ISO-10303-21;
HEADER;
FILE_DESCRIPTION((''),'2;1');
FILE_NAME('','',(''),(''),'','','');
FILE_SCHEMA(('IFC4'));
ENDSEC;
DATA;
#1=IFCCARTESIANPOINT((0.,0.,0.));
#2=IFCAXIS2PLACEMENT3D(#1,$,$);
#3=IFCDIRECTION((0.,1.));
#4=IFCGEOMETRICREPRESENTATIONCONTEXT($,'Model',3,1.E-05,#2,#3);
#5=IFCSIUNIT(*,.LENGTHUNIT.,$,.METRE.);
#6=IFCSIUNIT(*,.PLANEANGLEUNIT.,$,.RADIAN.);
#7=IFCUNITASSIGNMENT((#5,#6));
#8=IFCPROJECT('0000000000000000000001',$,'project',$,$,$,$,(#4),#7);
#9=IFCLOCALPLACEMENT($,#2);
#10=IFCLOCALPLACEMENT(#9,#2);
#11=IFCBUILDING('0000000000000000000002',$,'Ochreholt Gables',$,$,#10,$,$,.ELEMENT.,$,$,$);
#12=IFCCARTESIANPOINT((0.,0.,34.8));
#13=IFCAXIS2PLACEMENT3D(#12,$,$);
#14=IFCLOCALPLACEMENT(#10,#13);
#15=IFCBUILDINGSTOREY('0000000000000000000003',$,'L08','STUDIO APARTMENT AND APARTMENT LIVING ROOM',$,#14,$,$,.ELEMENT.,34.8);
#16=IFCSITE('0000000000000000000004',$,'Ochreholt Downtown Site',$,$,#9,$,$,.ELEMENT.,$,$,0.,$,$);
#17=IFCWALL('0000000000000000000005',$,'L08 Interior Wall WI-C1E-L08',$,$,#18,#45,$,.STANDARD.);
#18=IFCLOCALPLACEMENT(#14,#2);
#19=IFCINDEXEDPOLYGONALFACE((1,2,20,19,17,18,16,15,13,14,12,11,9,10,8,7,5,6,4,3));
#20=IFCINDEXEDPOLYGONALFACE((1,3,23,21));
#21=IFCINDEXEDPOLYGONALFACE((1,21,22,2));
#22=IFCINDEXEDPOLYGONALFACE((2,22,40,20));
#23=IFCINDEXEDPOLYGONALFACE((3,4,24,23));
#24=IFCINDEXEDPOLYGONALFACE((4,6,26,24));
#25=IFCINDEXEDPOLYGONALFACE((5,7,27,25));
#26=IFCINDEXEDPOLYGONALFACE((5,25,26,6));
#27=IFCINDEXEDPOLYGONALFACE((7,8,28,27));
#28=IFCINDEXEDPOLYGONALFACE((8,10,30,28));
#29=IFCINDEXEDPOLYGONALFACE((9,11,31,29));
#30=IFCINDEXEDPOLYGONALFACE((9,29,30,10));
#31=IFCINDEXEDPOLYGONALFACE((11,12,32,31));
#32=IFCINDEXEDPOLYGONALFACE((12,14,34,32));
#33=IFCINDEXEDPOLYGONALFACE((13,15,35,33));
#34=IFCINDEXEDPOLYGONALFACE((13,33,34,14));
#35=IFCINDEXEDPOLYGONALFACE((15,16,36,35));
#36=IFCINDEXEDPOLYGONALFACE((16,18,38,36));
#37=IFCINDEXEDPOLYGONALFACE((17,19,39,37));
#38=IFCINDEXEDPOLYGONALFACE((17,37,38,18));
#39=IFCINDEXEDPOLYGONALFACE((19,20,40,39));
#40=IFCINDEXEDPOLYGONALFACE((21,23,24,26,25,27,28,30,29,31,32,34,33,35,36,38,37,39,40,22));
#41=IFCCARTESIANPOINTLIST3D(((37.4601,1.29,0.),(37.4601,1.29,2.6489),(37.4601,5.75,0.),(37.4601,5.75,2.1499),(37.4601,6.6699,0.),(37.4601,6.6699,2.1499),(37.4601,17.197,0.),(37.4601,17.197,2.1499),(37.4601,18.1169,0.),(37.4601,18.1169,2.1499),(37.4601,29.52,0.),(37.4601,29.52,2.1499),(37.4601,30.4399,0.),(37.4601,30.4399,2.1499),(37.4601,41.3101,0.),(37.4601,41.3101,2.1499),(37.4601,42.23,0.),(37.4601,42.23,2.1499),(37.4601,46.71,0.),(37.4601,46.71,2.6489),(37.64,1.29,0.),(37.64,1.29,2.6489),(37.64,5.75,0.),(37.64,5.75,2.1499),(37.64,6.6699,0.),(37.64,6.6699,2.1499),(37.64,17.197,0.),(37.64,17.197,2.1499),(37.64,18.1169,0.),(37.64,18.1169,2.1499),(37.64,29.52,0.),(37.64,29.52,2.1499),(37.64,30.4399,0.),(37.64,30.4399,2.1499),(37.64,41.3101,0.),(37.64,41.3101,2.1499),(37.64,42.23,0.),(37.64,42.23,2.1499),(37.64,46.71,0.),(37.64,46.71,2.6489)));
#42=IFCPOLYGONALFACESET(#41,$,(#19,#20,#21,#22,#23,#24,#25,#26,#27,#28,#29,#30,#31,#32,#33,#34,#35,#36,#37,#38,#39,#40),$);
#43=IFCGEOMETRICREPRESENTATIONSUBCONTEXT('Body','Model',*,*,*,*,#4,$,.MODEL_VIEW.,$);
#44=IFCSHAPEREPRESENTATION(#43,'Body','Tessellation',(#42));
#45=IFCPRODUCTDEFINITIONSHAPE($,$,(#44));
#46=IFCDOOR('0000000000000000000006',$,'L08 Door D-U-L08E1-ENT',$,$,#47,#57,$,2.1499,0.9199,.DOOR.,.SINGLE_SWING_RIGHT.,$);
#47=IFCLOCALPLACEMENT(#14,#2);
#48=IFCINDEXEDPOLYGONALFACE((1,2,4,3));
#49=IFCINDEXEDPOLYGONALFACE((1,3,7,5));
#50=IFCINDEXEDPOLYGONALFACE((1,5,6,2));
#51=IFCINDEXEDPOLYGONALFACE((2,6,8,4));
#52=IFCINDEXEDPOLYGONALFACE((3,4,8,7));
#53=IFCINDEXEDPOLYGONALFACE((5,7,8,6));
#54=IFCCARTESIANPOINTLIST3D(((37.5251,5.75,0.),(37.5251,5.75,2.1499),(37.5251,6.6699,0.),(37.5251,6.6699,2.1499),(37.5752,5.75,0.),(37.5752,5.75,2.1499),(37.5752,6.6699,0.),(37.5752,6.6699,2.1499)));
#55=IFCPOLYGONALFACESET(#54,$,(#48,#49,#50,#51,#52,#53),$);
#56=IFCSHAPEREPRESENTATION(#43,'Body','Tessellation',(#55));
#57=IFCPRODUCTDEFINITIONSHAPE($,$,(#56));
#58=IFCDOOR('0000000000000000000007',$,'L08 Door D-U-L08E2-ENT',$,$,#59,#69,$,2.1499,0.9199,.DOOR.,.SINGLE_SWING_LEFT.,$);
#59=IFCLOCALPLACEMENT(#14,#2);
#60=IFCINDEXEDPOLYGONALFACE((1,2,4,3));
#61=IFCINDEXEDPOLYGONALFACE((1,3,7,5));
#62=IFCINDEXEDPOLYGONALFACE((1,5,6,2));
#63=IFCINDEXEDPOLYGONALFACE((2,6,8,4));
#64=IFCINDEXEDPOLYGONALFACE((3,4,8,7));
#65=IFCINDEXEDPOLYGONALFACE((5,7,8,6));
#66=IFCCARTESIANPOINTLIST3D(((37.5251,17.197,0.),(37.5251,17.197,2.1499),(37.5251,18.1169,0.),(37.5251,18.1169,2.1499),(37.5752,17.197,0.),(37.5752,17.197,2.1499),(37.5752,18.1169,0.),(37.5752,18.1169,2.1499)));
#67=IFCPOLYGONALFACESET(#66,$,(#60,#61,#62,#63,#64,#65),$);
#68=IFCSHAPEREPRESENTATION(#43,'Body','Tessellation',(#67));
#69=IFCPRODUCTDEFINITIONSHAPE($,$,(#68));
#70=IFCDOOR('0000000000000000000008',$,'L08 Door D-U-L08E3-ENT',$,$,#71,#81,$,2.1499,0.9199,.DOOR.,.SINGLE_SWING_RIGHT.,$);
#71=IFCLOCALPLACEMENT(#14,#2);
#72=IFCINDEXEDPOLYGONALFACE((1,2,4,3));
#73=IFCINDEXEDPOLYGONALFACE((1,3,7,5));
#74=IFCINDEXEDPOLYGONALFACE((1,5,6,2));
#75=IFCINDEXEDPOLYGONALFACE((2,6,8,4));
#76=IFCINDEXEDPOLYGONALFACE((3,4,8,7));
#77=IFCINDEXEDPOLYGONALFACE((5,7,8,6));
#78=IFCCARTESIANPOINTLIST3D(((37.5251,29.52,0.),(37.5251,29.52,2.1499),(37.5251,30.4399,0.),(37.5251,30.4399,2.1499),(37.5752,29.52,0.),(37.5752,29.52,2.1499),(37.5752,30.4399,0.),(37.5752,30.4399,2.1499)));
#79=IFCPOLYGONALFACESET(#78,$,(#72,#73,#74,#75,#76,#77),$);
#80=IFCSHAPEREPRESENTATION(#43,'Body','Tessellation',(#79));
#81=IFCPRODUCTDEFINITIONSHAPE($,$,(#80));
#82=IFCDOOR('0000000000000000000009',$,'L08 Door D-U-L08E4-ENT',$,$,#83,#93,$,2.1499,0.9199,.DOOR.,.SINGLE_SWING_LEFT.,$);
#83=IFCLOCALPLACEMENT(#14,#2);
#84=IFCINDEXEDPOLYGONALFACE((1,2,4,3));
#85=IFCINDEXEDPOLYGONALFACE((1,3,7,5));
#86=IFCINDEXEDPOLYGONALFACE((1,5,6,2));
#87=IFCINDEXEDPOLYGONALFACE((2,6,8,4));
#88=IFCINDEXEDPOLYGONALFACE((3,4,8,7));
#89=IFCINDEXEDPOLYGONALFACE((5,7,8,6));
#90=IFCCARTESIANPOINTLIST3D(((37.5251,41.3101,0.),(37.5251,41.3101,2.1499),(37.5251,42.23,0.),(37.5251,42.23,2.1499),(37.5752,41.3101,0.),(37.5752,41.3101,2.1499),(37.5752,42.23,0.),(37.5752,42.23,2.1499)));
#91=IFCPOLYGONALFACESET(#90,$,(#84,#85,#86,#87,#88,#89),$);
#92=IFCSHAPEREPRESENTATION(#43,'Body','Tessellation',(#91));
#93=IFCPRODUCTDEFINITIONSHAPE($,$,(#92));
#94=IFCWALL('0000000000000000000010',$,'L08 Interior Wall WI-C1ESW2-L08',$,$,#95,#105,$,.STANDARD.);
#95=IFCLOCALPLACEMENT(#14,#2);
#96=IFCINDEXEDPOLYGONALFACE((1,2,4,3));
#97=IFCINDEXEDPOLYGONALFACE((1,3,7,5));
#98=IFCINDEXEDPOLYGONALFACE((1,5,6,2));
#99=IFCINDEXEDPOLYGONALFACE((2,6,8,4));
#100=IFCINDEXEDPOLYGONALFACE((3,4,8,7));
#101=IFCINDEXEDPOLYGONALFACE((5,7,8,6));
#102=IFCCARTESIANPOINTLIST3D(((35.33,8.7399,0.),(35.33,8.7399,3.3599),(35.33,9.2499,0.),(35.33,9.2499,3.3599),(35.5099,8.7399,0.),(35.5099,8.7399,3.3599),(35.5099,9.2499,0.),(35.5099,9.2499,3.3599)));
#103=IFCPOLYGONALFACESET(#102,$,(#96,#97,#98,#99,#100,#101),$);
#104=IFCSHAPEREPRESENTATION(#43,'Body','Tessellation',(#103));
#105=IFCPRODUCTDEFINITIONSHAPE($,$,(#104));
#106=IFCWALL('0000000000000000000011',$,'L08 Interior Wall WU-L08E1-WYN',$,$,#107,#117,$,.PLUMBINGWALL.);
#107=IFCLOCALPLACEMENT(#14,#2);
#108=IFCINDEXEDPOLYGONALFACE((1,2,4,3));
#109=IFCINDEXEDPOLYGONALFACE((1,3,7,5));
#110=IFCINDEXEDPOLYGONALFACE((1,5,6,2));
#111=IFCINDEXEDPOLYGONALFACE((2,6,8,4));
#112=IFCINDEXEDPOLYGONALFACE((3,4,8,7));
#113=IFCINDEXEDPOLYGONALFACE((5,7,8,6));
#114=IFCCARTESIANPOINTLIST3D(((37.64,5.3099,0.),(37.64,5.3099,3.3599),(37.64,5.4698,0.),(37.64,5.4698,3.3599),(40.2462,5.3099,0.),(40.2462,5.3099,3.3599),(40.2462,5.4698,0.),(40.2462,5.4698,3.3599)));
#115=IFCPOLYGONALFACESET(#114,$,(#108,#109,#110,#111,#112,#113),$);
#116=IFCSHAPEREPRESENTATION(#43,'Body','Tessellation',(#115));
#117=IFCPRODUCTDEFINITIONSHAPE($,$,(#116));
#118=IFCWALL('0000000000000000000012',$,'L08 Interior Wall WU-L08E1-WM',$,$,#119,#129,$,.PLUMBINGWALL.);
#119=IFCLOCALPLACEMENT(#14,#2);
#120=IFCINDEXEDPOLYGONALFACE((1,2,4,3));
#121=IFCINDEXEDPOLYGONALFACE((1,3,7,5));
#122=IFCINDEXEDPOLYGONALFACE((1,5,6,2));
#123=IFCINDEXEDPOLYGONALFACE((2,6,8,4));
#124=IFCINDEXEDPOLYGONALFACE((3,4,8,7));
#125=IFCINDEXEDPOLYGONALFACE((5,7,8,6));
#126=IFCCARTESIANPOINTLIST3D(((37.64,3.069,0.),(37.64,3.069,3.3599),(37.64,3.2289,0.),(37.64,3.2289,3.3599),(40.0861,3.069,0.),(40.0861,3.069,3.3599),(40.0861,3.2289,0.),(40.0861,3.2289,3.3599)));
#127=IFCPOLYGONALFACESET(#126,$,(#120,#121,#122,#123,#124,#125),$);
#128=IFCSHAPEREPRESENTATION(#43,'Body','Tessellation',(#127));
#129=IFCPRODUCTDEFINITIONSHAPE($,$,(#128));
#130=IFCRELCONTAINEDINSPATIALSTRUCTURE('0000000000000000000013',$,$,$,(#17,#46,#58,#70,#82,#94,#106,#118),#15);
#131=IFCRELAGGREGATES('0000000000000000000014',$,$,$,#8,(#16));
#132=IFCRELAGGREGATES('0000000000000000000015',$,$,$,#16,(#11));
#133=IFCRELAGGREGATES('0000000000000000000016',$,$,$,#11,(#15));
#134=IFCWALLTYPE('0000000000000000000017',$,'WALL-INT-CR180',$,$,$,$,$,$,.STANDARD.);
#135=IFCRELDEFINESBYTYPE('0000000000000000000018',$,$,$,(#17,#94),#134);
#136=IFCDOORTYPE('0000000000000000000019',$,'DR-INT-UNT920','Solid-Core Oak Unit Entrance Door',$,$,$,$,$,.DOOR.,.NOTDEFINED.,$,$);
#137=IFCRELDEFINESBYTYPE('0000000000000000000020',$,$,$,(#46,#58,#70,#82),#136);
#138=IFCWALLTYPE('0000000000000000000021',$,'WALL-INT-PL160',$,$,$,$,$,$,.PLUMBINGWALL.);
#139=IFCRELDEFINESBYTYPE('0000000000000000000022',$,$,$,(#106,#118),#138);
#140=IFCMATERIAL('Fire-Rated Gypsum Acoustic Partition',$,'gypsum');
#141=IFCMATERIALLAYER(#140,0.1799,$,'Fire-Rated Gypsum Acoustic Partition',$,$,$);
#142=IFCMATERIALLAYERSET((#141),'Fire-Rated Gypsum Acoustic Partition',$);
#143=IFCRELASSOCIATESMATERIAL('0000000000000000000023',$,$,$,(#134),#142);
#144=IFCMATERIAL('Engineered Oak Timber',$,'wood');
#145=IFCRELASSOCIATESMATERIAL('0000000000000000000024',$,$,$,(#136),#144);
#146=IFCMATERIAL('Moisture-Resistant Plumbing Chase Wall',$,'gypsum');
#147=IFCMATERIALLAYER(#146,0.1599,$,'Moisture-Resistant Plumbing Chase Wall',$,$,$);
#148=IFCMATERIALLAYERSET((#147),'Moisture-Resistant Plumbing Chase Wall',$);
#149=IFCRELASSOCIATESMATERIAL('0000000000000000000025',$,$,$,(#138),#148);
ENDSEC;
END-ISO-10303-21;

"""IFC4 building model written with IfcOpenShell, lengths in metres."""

from ifc_helpers import new_model, si_unit, direction, frame, frame_2d, origin, place, context, subcontext, project, spatial, rectangle, extrude, material, layer, layer_set, type_object, element, fill, save


model = new_model("IFC4")

# Units and contexts
model_context = context("Model", 3, precision=1e-05, world=origin(), true_north=direction((0.0, 1.0)))
body_context = subcontext(model_context, "Body", "Model", "MODEL_VIEW")
ifc_project = project(units=[si_unit("LENGTHUNIT", "METRE"), si_unit("PLANEANGLEUNIT", "RADIAN")], contexts=[model_context])

# Site, building, storey
site_placement = place(None, origin())
site = spatial("IfcSite", under=ifc_project, at=site_placement, Name="Ochreholt Downtown Site", CompositionType="ELEMENT", RefElevation=0.0)
building_placement = place(site_placement, origin())
building = spatial("IfcBuilding", under=site, at=building_placement, Name="Ochreholt Gables", CompositionType="ELEMENT")
storey_placement = place(building_placement, frame((0.0, 0.0, 34.8)))
storey = spatial("IfcBuildingStorey", under=building, at=storey_placement, Name="L08", Description="STUDIO APARTMENT AND APARTMENT LIVING ROOM", CompositionType="ELEMENT", Elevation=34.8)

# Wall, openings, doors
ifc_material_1 = material(Name="Fire-Rated Gypsum Acoustic Partition", Category="gypsum")
ifc_layer_1 = layer(ifc_material_1, 0.1799, Name="Fire-Rated Gypsum Acoustic Partition")
ifc_layer_set_1 = layer_set([ifc_layer_1], Name="Fire-Rated Gypsum Acoustic Partition")
wall_type_1 = type_object("IfcWallType", Name="WALL-INT-CR180", PredefinedType="STANDARD", material=ifc_layer_set_1)
wall_1_placement = place(storey_placement, frame((37.55, 1.29, 0.0), z_axis=(0.0, 0.0, 1.0), x_axis=(0.0, 1.0, 0.0)))
wall_1 = element("IfcWall", 1, at=wall_1_placement, inside=storey, type_object=wall_type_1, Name="L08 Interior Wall WI-C1E-L08", PredefinedType="STANDARD", context=body_context, shape_type="SweptSolid", body=[
    extrude(rectangle(XDim=45.4199, YDim=0.1799, at=frame_2d((22.71, 0.0))), origin(), (0.0, 0.0, 1.0), 2.6489),
])
opening_1_placement = place(wall_1_placement, frame((4.46, 0.0, 0.0)))
opening_1 = element("IfcOpeningElement", 2, at=opening_1_placement, cuts=wall_1, PredefinedType="OPENING", context=body_context, shape_type="SweptSolid", body=[
    extrude(rectangle(XDim=0.9199, YDim=2.1499, at=frame_2d((0.46, 1.075))), frame((0.0, 0.0999, 0.0), z_axis=(0.0, -1.0, 0.0), x_axis=(1.0, 0.0, 0.0)), (0.0, 0.0, 1.0), 0.2),
])
opening_2_placement = place(wall_1_placement, frame((15.907, 0.0, 0.0)))
opening_2 = element("IfcOpeningElement", 3, at=opening_2_placement, cuts=wall_1, PredefinedType="OPENING", context=body_context, shape_type="SweptSolid", body=[
    extrude(rectangle(XDim=0.9199, YDim=2.1499, at=frame_2d((0.46, 1.075))), frame((0.0, 0.0999, 0.0), z_axis=(0.0, -1.0, 0.0), x_axis=(1.0, 0.0, 0.0)), (0.0, 0.0, 1.0), 0.2),
])
opening_3_placement = place(wall_1_placement, frame((28.23, 0.0, 0.0)))
opening_3 = element("IfcOpeningElement", 4, at=opening_3_placement, cuts=wall_1, PredefinedType="OPENING", context=body_context, shape_type="SweptSolid", body=[
    extrude(rectangle(XDim=0.9199, YDim=2.1499, at=frame_2d((0.46, 1.075))), frame((0.0, 0.0999, 0.0), z_axis=(0.0, -1.0, 0.0), x_axis=(1.0, 0.0, 0.0)), (0.0, 0.0, 1.0), 0.2),
])
opening_4_placement = place(wall_1_placement, frame((40.02, 0.0, 0.0)))
opening_4 = element("IfcOpeningElement", 5, at=opening_4_placement, cuts=wall_1, PredefinedType="OPENING", context=body_context, shape_type="SweptSolid", body=[
    extrude(rectangle(XDim=0.9199, YDim=2.1499, at=frame_2d((0.46, 1.075))), frame((0.0, 0.0999, 0.0), z_axis=(0.0, -1.0, 0.0), x_axis=(1.0, 0.0, 0.0)), (0.0, 0.0, 1.0), 0.2),
])
ifc_material_2 = material(Name="Engineered Oak Timber", Category="wood")
door_type_1 = type_object("IfcDoorType", Name="DR-INT-UNT920", Description="Solid-Core Oak Unit Entrance Door", OperationType="NOTDEFINED", PredefinedType="DOOR", material=ifc_material_2)
door_1_placement = place(opening_1_placement, origin())
door_1 = element("IfcDoor", 6, at=door_1_placement, inside=storey, type_object=door_type_1, Name="L08 Door D-U-L08E1-ENT", OperationType="SINGLE_SWING_RIGHT", OverallHeight=2.1499, OverallWidth=0.9199, PredefinedType="DOOR", context=body_context, shape_type="SweptSolid", body=[
    extrude(rectangle(XDim=0.9199, YDim=2.1499, at=frame_2d((0.46, 1.075))), frame((0.0, 0.0249, 0.0), z_axis=(0.0, -1.0, 0.0), x_axis=(1.0, 0.0, 0.0)), (0.0, 0.0, 1.0), 0.05),
])
fill(opening_1, door_1)
door_2_placement = place(opening_2_placement, origin())
door_2 = element("IfcDoor", 7, at=door_2_placement, inside=storey, type_object=door_type_1, Name="L08 Door D-U-L08E2-ENT", OperationType="SINGLE_SWING_LEFT", OverallHeight=2.1499, OverallWidth=0.9199, PredefinedType="DOOR", context=body_context, shape_type="SweptSolid", body=[
    extrude(rectangle(XDim=0.9199, YDim=2.1499, at=frame_2d((0.46, 1.075))), frame((0.0, 0.0249, 0.0), z_axis=(0.0, -1.0, 0.0), x_axis=(1.0, 0.0, 0.0)), (0.0, 0.0, 1.0), 0.05),
])
fill(opening_2, door_2)
door_3_placement = place(opening_3_placement, origin())
door_3 = element("IfcDoor", 8, at=door_3_placement, inside=storey, type_object=door_type_1, Name="L08 Door D-U-L08E3-ENT", OperationType="SINGLE_SWING_RIGHT", OverallHeight=2.1499, OverallWidth=0.9199, PredefinedType="DOOR", context=body_context, shape_type="SweptSolid", body=[
    extrude(rectangle(XDim=0.9199, YDim=2.1499, at=frame_2d((0.46, 1.075))), frame((0.0, 0.0249, 0.0), z_axis=(0.0, -1.0, 0.0), x_axis=(1.0, 0.0, 0.0)), (0.0, 0.0, 1.0), 0.05),
])
fill(opening_3, door_3)
door_4_placement = place(opening_4_placement, origin())
door_4 = element("IfcDoor", 9, at=door_4_placement, inside=storey, type_object=door_type_1, Name="L08 Door D-U-L08E4-ENT", OperationType="SINGLE_SWING_LEFT", OverallHeight=2.1499, OverallWidth=0.9199, PredefinedType="DOOR", context=body_context, shape_type="SweptSolid", body=[
    extrude(rectangle(XDim=0.9199, YDim=2.1499, at=frame_2d((0.46, 1.075))), frame((0.0, 0.0249, 0.0), z_axis=(0.0, -1.0, 0.0), x_axis=(1.0, 0.0, 0.0)), (0.0, 0.0, 1.0), 0.05),
])
fill(opening_4, door_4)

# Walls
wall_2_placement = place(storey_placement, frame((35.4199, 8.74, 0.0), z_axis=(0.0, 0.0, 1.0), x_axis=(0.0, 1.0, 0.0)))
element("IfcWall", 10, at=wall_2_placement, inside=storey, type_object=wall_type_1, Name="L08 Interior Wall WI-C1ESW2-L08", PredefinedType="STANDARD", context=body_context, shape_type="SweptSolid", body=[
    extrude(rectangle(XDim=0.51, YDim=0.1799, at=frame_2d((0.2549, 0.0))), origin(), (0.0, 0.0, 1.0), 3.3599),
])
ifc_material_3 = material(Name="Moisture-Resistant Plumbing Chase Wall", Category="gypsum")
ifc_layer_2 = layer(ifc_material_3, 0.1599, Name="Moisture-Resistant Plumbing Chase Wall")
ifc_layer_set_2 = layer_set([ifc_layer_2], Name="Moisture-Resistant Plumbing Chase Wall")
wall_type_2 = type_object("IfcWallType", Name="WALL-INT-PL160", PredefinedType="PLUMBINGWALL", material=ifc_layer_set_2)
wall_3_placement = place(storey_placement, frame((37.6399, 5.3899, 0.0), z_axis=(0.0, 0.0, 1.0), x_axis=(1.0, 0.0, 0.0)))
element("IfcWall", 11, at=wall_3_placement, inside=storey, type_object=wall_type_2, Name="L08 Interior Wall WU-L08E1-WYN", PredefinedType="PLUMBINGWALL", context=body_context, shape_type="SweptSolid", body=[
    extrude(rectangle(XDim=2.6062, YDim=0.1599, at=frame_2d((1.3032, 0.0))), origin(), (0.0, 0.0, 1.0), 3.3599),
])

# Wall
wall_4_placement = place(storey_placement, frame((37.6399, 3.1489, 0.0), z_axis=(0.0, 0.0, 1.0), x_axis=(1.0, 0.0, 0.0)))
element("IfcWall", 12, at=wall_4_placement, inside=storey, type_object=wall_type_2, Name="L08 Interior Wall WU-L08E1-WM", PredefinedType="PLUMBINGWALL", context=body_context, shape_type="SweptSolid", body=[
    extrude(rectangle(XDim=2.446, YDim=0.1599, at=frame_2d((1.2231, 0.0))), origin(), (0.0, 0.0, 1.0), 3.3599),
])

save(model, "model.ifc")
